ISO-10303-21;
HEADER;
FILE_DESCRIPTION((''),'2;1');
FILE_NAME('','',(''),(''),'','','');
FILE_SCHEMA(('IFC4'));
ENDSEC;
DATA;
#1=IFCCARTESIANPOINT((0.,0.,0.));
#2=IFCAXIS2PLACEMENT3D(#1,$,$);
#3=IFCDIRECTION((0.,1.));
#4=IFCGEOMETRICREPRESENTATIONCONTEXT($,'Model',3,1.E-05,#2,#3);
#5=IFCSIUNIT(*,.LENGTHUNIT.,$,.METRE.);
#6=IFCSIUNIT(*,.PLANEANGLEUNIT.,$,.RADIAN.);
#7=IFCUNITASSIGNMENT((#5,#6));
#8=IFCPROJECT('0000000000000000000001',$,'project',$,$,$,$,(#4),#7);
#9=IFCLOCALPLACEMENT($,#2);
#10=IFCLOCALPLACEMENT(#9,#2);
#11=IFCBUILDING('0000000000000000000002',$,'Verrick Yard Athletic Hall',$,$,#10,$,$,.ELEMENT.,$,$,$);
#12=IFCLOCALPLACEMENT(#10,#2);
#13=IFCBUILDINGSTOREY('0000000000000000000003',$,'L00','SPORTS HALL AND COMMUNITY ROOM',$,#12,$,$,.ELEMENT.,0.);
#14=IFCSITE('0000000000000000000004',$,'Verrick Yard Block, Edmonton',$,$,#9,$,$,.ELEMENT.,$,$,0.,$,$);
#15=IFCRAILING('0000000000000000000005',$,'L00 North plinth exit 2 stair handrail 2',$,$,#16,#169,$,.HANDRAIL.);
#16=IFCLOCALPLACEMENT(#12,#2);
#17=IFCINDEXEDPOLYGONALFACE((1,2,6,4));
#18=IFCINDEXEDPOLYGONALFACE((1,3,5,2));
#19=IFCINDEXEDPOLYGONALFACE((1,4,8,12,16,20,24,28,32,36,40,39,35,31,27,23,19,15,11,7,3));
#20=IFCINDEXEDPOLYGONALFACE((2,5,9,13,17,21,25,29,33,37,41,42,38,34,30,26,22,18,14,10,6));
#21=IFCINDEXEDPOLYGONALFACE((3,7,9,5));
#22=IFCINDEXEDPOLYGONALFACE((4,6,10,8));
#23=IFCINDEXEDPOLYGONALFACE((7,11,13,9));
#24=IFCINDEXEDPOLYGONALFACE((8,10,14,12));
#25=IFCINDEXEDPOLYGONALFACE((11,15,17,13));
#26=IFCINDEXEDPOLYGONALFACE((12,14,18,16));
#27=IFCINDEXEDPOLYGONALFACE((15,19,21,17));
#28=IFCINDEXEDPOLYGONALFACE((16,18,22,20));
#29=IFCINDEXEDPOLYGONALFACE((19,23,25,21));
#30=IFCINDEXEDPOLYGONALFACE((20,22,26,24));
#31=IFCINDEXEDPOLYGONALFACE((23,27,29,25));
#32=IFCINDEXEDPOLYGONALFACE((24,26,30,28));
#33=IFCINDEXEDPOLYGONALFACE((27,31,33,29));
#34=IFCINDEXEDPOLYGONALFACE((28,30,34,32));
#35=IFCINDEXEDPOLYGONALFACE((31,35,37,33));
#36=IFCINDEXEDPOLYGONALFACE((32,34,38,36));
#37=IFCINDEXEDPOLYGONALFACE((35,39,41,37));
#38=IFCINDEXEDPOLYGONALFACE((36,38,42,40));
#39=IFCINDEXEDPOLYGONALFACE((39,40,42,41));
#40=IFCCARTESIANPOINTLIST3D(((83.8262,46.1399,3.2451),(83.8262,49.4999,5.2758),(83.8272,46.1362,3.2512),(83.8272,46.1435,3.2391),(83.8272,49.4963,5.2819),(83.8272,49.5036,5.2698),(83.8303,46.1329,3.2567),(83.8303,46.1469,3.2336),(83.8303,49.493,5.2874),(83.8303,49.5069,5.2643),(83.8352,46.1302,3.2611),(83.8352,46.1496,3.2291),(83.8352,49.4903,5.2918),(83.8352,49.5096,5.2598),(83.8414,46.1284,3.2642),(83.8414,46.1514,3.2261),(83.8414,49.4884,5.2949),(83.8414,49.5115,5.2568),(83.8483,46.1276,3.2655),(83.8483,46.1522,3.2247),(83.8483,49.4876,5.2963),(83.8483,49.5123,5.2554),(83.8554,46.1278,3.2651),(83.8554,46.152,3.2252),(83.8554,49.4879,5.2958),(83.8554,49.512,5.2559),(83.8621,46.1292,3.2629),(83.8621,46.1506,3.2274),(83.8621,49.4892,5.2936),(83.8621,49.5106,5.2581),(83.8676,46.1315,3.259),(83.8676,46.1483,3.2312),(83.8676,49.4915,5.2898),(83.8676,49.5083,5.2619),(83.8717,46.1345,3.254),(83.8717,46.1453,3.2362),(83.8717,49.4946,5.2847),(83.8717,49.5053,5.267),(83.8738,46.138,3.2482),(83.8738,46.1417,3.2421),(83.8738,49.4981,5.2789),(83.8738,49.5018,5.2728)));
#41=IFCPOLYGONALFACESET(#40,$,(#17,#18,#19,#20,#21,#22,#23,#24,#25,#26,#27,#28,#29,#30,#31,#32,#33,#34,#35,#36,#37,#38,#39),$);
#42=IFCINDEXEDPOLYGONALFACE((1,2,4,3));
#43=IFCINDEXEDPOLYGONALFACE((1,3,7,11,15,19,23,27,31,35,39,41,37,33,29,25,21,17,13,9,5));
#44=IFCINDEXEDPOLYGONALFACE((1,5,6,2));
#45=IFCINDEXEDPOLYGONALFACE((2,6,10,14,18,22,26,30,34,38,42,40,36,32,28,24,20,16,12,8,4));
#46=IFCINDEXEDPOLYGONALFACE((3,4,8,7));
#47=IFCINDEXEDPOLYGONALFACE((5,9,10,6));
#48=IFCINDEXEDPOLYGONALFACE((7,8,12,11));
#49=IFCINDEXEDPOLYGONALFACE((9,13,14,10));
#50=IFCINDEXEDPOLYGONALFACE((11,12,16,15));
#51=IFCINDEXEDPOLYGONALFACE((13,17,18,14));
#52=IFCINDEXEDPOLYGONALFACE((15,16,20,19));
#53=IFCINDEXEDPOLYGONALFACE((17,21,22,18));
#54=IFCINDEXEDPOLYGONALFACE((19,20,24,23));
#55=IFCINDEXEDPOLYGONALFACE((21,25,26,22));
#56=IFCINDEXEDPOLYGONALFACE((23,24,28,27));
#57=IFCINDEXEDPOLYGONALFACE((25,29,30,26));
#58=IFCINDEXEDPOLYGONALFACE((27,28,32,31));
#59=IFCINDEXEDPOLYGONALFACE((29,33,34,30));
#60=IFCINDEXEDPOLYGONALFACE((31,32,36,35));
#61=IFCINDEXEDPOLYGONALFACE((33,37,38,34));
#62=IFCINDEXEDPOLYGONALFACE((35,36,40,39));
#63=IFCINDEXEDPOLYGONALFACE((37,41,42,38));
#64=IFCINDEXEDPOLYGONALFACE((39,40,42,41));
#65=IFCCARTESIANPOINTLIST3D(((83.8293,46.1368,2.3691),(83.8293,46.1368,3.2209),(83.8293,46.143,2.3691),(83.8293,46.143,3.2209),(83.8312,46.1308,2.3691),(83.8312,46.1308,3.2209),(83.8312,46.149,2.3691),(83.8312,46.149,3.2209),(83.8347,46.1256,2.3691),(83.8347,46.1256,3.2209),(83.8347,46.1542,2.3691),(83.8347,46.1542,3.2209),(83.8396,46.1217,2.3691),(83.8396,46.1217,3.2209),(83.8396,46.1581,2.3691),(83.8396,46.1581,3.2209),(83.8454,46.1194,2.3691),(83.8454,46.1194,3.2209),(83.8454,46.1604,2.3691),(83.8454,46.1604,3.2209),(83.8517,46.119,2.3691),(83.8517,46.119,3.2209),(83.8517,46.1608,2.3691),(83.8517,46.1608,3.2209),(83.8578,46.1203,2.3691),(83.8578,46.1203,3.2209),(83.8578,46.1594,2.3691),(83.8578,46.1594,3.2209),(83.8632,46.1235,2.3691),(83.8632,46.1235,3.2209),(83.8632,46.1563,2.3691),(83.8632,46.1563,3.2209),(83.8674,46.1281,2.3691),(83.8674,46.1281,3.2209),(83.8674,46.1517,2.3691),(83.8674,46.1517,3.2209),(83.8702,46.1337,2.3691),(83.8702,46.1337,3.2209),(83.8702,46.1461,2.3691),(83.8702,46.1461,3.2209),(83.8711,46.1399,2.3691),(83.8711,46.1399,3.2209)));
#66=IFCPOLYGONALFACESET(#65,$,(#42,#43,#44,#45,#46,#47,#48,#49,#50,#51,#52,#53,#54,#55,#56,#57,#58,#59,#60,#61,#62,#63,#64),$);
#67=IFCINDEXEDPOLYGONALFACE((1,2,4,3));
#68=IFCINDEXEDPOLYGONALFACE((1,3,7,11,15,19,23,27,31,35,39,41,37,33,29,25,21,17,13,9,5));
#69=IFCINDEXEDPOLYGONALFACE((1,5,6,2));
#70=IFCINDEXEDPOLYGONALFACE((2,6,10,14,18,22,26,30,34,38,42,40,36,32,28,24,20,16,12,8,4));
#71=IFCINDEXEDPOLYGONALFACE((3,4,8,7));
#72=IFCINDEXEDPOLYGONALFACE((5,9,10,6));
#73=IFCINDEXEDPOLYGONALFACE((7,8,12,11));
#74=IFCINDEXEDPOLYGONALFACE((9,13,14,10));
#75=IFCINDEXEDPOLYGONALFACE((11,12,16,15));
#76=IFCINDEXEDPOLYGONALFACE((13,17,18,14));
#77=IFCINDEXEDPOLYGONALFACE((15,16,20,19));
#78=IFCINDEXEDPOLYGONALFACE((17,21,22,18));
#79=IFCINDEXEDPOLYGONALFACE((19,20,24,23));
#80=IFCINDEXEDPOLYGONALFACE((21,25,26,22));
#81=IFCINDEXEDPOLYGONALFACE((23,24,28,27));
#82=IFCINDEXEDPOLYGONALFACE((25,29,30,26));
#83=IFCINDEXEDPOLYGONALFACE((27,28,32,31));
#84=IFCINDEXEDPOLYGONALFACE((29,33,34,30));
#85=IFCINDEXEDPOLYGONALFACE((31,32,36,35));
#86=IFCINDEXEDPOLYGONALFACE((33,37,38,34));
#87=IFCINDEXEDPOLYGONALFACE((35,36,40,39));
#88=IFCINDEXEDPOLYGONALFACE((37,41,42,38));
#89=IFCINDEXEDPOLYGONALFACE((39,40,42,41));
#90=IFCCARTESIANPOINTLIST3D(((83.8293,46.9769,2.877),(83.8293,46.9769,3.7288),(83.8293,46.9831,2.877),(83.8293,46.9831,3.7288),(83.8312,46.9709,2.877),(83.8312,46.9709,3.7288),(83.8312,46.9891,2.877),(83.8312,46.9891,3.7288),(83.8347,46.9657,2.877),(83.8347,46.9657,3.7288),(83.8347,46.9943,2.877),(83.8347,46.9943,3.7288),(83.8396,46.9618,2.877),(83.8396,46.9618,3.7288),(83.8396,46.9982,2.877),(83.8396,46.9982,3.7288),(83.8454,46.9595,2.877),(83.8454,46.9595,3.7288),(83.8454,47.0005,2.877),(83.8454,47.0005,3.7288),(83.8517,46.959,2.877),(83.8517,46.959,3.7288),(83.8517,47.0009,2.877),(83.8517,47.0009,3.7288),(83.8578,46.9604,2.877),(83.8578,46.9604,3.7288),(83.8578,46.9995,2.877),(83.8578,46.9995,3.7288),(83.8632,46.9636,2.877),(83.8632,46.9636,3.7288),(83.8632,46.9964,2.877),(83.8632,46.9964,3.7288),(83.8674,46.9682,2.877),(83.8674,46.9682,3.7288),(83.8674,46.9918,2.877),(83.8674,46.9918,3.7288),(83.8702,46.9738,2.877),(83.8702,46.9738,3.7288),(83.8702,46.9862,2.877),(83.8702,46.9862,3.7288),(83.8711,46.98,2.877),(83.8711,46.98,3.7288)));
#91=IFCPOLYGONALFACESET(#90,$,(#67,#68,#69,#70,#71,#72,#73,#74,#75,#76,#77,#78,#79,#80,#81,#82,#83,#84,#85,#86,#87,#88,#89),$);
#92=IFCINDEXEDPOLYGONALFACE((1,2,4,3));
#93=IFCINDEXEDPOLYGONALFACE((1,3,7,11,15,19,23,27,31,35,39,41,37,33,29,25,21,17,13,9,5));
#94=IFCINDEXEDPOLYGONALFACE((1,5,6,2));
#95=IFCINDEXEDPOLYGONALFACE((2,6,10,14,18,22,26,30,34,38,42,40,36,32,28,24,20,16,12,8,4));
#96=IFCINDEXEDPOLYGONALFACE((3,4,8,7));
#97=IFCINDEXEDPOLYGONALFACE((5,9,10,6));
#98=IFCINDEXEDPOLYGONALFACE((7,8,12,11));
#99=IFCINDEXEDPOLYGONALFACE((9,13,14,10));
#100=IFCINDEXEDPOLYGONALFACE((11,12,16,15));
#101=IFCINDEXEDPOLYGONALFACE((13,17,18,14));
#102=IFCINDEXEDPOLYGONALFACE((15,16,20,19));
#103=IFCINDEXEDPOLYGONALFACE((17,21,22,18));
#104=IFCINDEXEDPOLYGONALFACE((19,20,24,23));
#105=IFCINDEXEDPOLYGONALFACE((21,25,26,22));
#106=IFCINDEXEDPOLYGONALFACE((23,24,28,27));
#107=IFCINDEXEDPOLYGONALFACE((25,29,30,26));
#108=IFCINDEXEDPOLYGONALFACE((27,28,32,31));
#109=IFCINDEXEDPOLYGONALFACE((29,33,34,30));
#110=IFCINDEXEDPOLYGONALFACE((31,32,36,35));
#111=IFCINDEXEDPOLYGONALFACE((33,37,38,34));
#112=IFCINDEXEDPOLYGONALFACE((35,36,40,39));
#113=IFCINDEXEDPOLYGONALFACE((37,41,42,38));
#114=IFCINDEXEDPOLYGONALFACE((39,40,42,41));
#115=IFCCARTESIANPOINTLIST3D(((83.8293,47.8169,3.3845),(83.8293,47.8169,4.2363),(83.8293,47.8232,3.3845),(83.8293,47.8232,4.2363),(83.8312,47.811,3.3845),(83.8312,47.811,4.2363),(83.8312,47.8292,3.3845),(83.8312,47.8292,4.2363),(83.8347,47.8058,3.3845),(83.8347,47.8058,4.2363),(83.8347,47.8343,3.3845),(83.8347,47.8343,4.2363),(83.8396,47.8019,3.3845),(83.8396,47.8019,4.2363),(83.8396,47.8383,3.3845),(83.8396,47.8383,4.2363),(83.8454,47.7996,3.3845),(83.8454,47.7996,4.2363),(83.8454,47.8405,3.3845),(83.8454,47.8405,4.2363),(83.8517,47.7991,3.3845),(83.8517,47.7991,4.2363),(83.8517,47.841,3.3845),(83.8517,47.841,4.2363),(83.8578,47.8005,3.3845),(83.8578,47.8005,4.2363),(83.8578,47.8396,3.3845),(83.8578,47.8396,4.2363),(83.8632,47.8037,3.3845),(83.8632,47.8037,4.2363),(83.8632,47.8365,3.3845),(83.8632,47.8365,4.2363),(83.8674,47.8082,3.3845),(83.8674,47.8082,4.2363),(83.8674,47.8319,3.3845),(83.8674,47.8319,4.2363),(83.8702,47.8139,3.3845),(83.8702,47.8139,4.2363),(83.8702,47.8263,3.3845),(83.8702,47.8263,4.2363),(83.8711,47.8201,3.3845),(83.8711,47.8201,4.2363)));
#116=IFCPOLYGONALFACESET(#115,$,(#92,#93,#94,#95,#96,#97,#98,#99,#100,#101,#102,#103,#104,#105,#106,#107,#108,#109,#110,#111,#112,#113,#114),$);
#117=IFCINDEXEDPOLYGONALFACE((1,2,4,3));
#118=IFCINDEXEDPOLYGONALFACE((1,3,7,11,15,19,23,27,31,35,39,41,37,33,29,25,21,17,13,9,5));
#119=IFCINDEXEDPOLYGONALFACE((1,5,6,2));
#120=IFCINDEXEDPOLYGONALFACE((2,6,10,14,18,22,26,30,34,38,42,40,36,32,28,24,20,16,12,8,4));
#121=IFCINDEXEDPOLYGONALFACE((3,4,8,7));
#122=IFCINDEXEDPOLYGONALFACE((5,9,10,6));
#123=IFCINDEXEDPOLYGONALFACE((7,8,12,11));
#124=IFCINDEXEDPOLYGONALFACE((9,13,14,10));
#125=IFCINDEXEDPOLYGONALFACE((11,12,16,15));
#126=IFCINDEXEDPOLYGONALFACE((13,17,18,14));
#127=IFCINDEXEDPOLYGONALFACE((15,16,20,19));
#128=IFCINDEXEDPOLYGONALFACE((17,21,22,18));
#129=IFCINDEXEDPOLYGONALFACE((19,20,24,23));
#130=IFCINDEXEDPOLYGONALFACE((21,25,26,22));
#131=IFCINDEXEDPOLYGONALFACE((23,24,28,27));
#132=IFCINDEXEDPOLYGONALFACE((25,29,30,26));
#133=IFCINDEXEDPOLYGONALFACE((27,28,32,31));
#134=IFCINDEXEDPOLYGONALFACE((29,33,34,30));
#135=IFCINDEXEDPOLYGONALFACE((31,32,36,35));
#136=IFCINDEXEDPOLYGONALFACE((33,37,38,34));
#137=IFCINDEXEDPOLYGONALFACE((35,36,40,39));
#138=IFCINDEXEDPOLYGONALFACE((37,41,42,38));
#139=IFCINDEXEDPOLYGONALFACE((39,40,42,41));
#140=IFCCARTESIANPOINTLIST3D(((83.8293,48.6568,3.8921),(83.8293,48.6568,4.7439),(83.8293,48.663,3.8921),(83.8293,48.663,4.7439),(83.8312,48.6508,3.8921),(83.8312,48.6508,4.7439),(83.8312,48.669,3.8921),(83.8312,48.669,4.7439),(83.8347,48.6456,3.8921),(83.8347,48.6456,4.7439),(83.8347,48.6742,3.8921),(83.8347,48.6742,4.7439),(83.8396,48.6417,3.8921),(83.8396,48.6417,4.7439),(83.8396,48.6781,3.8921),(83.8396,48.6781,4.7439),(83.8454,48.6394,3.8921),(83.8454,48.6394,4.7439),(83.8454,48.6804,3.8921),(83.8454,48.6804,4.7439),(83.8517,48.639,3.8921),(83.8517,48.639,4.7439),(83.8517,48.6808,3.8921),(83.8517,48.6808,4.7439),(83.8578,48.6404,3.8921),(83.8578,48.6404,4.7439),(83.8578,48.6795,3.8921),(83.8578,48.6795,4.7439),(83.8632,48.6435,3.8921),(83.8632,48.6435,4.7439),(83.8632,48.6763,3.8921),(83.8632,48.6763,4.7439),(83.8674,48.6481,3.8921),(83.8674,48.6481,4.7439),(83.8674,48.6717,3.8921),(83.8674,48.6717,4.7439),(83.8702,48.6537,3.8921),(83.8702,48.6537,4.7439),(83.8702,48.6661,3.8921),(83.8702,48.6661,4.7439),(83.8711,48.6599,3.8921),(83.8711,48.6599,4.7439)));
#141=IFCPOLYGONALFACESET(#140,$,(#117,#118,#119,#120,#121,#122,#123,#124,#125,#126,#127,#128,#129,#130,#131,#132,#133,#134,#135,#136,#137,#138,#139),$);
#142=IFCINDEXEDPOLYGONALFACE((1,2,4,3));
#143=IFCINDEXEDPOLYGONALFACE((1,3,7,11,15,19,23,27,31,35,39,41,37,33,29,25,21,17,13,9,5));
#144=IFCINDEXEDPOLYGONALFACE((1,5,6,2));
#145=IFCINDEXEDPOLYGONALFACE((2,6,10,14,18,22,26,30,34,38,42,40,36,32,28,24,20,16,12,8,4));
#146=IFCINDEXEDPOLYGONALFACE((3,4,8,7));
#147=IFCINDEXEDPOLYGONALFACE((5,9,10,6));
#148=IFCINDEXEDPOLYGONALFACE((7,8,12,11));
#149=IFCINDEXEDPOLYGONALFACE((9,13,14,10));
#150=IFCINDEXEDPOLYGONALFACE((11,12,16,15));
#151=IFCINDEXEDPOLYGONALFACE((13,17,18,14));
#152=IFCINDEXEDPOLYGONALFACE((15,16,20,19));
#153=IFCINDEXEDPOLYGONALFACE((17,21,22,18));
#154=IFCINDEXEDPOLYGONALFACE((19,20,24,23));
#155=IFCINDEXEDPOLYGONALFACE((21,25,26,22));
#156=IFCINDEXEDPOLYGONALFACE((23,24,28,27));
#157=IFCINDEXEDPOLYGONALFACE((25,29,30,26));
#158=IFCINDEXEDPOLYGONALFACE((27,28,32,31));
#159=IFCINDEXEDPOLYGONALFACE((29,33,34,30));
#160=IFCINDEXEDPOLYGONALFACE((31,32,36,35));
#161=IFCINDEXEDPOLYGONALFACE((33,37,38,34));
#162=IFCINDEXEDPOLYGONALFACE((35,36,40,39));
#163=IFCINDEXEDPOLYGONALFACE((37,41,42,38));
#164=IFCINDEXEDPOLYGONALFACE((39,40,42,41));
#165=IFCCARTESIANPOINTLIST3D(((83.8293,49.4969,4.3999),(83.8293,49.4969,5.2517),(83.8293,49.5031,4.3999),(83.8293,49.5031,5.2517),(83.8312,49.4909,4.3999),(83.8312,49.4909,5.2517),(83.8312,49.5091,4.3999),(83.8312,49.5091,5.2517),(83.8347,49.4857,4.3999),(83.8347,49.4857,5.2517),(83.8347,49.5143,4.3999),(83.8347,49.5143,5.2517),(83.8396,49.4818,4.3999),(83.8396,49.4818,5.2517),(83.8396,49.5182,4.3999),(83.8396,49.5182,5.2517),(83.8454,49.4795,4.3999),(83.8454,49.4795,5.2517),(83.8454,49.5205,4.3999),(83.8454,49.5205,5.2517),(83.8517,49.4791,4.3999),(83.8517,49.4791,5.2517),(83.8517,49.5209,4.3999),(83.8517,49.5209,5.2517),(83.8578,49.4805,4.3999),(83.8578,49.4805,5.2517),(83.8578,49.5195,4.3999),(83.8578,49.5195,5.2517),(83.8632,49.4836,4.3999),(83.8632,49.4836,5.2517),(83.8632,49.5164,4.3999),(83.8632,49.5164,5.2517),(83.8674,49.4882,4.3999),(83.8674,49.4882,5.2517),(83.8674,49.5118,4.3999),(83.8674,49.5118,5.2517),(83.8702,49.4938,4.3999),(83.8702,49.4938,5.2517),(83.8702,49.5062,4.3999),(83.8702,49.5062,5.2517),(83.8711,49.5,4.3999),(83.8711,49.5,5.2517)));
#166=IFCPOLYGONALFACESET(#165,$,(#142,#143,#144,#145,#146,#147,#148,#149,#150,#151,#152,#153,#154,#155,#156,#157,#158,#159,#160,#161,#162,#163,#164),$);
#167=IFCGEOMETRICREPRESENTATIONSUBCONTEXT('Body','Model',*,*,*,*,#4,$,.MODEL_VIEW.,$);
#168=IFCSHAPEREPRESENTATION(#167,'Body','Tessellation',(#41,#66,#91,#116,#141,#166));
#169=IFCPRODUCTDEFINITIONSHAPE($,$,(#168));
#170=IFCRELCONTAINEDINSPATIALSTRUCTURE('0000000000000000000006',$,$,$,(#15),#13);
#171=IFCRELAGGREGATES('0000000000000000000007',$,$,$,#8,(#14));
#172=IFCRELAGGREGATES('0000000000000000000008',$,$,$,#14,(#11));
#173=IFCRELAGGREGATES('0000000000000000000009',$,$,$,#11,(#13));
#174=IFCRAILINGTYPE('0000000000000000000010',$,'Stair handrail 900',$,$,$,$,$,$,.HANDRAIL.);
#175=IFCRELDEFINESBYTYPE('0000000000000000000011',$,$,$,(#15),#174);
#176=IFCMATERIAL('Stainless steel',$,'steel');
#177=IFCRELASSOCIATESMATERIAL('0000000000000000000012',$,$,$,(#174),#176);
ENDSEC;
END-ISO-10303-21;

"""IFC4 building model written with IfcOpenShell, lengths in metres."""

from ifc_helpers import new_model, si_unit, direction, frame, origin, origin_2d, place, context, subcontext, project, spatial, circle, extrude, material, type_object, element, save


model = new_model("IFC4")

# Units and contexts
model_context = context("Model", 3, precision=1e-05, world=origin(), true_north=direction((0.0, 1.0)))
body_context = subcontext(model_context, "Body", "Model", "MODEL_VIEW")
ifc_project = project(units=[si_unit("LENGTHUNIT", "METRE"), si_unit("PLANEANGLEUNIT", "RADIAN")], contexts=[model_context])

# Site, building, storey
site_placement = place(None, origin())
site = spatial("IfcSite", under=ifc_project, at=site_placement, Name="Verrick Yard Block, Edmonton", CompositionType="ELEMENT", RefElevation=0.0)
building_placement = place(site_placement, origin())
building = spatial("IfcBuilding", under=site, at=building_placement, Name="Verrick Yard Athletic Hall", CompositionType="ELEMENT")
storey_placement = place(building_placement, origin())
storey = spatial("IfcBuildingStorey", under=building, at=storey_placement, Name="L00", Description="SPORTS HALL AND COMMUNITY ROOM", CompositionType="ELEMENT", Elevation=0.0)

# Railing
ifc_material_1 = material(Name="Stainless steel", Category="steel")
railing_type_1 = type_object("IfcRailingType", Name="Stair handrail 900", PredefinedType="HANDRAIL", material=ifc_material_1)
railing_1_placement = place(storey_placement, frame((83.8501, 46.1399, 2.3691)))
element("IfcRailing", 1, at=railing_1_placement, inside=storey, type_object=railing_type_1, Name="L00 North plinth exit 2 stair handrail 2", PredefinedType="HANDRAIL", context=body_context, shape_type="SweptSolid", body=[
    extrude(circle(Radius=0.0239, at=origin_2d()), frame((0.0, 0.0, 0.876), z_axis=(0.0, 0.855837, 0.517246), x_axis=(-1.0, 0.0, 0.0)), (0.0, 0.0, 1.0), 3.926),
    extrude(circle(Radius=0.021, at=origin_2d()), origin(), (0.0, 0.0, 1.0), 0.8518),
    extrude(circle(Radius=0.021, at=origin_2d()), frame((0.0, 0.8401, 0.5078)), (0.0, 0.0, 1.0), 0.8518),
    extrude(circle(Radius=0.021, at=origin_2d()), frame((0.0, 1.6802, 1.0154)), (0.0, 0.0, 1.0), 0.8518),
    extrude(circle(Radius=0.021, at=origin_2d()), frame((0.0, 2.52, 1.5229)), (0.0, 0.0, 1.0), 0.8518),
    extrude(circle(Radius=0.021, at=origin_2d()), frame((0.0, 3.3601, 2.0308)), (0.0, 0.0, 1.0), 0.8518),
])

save(model, "model.ifc")
